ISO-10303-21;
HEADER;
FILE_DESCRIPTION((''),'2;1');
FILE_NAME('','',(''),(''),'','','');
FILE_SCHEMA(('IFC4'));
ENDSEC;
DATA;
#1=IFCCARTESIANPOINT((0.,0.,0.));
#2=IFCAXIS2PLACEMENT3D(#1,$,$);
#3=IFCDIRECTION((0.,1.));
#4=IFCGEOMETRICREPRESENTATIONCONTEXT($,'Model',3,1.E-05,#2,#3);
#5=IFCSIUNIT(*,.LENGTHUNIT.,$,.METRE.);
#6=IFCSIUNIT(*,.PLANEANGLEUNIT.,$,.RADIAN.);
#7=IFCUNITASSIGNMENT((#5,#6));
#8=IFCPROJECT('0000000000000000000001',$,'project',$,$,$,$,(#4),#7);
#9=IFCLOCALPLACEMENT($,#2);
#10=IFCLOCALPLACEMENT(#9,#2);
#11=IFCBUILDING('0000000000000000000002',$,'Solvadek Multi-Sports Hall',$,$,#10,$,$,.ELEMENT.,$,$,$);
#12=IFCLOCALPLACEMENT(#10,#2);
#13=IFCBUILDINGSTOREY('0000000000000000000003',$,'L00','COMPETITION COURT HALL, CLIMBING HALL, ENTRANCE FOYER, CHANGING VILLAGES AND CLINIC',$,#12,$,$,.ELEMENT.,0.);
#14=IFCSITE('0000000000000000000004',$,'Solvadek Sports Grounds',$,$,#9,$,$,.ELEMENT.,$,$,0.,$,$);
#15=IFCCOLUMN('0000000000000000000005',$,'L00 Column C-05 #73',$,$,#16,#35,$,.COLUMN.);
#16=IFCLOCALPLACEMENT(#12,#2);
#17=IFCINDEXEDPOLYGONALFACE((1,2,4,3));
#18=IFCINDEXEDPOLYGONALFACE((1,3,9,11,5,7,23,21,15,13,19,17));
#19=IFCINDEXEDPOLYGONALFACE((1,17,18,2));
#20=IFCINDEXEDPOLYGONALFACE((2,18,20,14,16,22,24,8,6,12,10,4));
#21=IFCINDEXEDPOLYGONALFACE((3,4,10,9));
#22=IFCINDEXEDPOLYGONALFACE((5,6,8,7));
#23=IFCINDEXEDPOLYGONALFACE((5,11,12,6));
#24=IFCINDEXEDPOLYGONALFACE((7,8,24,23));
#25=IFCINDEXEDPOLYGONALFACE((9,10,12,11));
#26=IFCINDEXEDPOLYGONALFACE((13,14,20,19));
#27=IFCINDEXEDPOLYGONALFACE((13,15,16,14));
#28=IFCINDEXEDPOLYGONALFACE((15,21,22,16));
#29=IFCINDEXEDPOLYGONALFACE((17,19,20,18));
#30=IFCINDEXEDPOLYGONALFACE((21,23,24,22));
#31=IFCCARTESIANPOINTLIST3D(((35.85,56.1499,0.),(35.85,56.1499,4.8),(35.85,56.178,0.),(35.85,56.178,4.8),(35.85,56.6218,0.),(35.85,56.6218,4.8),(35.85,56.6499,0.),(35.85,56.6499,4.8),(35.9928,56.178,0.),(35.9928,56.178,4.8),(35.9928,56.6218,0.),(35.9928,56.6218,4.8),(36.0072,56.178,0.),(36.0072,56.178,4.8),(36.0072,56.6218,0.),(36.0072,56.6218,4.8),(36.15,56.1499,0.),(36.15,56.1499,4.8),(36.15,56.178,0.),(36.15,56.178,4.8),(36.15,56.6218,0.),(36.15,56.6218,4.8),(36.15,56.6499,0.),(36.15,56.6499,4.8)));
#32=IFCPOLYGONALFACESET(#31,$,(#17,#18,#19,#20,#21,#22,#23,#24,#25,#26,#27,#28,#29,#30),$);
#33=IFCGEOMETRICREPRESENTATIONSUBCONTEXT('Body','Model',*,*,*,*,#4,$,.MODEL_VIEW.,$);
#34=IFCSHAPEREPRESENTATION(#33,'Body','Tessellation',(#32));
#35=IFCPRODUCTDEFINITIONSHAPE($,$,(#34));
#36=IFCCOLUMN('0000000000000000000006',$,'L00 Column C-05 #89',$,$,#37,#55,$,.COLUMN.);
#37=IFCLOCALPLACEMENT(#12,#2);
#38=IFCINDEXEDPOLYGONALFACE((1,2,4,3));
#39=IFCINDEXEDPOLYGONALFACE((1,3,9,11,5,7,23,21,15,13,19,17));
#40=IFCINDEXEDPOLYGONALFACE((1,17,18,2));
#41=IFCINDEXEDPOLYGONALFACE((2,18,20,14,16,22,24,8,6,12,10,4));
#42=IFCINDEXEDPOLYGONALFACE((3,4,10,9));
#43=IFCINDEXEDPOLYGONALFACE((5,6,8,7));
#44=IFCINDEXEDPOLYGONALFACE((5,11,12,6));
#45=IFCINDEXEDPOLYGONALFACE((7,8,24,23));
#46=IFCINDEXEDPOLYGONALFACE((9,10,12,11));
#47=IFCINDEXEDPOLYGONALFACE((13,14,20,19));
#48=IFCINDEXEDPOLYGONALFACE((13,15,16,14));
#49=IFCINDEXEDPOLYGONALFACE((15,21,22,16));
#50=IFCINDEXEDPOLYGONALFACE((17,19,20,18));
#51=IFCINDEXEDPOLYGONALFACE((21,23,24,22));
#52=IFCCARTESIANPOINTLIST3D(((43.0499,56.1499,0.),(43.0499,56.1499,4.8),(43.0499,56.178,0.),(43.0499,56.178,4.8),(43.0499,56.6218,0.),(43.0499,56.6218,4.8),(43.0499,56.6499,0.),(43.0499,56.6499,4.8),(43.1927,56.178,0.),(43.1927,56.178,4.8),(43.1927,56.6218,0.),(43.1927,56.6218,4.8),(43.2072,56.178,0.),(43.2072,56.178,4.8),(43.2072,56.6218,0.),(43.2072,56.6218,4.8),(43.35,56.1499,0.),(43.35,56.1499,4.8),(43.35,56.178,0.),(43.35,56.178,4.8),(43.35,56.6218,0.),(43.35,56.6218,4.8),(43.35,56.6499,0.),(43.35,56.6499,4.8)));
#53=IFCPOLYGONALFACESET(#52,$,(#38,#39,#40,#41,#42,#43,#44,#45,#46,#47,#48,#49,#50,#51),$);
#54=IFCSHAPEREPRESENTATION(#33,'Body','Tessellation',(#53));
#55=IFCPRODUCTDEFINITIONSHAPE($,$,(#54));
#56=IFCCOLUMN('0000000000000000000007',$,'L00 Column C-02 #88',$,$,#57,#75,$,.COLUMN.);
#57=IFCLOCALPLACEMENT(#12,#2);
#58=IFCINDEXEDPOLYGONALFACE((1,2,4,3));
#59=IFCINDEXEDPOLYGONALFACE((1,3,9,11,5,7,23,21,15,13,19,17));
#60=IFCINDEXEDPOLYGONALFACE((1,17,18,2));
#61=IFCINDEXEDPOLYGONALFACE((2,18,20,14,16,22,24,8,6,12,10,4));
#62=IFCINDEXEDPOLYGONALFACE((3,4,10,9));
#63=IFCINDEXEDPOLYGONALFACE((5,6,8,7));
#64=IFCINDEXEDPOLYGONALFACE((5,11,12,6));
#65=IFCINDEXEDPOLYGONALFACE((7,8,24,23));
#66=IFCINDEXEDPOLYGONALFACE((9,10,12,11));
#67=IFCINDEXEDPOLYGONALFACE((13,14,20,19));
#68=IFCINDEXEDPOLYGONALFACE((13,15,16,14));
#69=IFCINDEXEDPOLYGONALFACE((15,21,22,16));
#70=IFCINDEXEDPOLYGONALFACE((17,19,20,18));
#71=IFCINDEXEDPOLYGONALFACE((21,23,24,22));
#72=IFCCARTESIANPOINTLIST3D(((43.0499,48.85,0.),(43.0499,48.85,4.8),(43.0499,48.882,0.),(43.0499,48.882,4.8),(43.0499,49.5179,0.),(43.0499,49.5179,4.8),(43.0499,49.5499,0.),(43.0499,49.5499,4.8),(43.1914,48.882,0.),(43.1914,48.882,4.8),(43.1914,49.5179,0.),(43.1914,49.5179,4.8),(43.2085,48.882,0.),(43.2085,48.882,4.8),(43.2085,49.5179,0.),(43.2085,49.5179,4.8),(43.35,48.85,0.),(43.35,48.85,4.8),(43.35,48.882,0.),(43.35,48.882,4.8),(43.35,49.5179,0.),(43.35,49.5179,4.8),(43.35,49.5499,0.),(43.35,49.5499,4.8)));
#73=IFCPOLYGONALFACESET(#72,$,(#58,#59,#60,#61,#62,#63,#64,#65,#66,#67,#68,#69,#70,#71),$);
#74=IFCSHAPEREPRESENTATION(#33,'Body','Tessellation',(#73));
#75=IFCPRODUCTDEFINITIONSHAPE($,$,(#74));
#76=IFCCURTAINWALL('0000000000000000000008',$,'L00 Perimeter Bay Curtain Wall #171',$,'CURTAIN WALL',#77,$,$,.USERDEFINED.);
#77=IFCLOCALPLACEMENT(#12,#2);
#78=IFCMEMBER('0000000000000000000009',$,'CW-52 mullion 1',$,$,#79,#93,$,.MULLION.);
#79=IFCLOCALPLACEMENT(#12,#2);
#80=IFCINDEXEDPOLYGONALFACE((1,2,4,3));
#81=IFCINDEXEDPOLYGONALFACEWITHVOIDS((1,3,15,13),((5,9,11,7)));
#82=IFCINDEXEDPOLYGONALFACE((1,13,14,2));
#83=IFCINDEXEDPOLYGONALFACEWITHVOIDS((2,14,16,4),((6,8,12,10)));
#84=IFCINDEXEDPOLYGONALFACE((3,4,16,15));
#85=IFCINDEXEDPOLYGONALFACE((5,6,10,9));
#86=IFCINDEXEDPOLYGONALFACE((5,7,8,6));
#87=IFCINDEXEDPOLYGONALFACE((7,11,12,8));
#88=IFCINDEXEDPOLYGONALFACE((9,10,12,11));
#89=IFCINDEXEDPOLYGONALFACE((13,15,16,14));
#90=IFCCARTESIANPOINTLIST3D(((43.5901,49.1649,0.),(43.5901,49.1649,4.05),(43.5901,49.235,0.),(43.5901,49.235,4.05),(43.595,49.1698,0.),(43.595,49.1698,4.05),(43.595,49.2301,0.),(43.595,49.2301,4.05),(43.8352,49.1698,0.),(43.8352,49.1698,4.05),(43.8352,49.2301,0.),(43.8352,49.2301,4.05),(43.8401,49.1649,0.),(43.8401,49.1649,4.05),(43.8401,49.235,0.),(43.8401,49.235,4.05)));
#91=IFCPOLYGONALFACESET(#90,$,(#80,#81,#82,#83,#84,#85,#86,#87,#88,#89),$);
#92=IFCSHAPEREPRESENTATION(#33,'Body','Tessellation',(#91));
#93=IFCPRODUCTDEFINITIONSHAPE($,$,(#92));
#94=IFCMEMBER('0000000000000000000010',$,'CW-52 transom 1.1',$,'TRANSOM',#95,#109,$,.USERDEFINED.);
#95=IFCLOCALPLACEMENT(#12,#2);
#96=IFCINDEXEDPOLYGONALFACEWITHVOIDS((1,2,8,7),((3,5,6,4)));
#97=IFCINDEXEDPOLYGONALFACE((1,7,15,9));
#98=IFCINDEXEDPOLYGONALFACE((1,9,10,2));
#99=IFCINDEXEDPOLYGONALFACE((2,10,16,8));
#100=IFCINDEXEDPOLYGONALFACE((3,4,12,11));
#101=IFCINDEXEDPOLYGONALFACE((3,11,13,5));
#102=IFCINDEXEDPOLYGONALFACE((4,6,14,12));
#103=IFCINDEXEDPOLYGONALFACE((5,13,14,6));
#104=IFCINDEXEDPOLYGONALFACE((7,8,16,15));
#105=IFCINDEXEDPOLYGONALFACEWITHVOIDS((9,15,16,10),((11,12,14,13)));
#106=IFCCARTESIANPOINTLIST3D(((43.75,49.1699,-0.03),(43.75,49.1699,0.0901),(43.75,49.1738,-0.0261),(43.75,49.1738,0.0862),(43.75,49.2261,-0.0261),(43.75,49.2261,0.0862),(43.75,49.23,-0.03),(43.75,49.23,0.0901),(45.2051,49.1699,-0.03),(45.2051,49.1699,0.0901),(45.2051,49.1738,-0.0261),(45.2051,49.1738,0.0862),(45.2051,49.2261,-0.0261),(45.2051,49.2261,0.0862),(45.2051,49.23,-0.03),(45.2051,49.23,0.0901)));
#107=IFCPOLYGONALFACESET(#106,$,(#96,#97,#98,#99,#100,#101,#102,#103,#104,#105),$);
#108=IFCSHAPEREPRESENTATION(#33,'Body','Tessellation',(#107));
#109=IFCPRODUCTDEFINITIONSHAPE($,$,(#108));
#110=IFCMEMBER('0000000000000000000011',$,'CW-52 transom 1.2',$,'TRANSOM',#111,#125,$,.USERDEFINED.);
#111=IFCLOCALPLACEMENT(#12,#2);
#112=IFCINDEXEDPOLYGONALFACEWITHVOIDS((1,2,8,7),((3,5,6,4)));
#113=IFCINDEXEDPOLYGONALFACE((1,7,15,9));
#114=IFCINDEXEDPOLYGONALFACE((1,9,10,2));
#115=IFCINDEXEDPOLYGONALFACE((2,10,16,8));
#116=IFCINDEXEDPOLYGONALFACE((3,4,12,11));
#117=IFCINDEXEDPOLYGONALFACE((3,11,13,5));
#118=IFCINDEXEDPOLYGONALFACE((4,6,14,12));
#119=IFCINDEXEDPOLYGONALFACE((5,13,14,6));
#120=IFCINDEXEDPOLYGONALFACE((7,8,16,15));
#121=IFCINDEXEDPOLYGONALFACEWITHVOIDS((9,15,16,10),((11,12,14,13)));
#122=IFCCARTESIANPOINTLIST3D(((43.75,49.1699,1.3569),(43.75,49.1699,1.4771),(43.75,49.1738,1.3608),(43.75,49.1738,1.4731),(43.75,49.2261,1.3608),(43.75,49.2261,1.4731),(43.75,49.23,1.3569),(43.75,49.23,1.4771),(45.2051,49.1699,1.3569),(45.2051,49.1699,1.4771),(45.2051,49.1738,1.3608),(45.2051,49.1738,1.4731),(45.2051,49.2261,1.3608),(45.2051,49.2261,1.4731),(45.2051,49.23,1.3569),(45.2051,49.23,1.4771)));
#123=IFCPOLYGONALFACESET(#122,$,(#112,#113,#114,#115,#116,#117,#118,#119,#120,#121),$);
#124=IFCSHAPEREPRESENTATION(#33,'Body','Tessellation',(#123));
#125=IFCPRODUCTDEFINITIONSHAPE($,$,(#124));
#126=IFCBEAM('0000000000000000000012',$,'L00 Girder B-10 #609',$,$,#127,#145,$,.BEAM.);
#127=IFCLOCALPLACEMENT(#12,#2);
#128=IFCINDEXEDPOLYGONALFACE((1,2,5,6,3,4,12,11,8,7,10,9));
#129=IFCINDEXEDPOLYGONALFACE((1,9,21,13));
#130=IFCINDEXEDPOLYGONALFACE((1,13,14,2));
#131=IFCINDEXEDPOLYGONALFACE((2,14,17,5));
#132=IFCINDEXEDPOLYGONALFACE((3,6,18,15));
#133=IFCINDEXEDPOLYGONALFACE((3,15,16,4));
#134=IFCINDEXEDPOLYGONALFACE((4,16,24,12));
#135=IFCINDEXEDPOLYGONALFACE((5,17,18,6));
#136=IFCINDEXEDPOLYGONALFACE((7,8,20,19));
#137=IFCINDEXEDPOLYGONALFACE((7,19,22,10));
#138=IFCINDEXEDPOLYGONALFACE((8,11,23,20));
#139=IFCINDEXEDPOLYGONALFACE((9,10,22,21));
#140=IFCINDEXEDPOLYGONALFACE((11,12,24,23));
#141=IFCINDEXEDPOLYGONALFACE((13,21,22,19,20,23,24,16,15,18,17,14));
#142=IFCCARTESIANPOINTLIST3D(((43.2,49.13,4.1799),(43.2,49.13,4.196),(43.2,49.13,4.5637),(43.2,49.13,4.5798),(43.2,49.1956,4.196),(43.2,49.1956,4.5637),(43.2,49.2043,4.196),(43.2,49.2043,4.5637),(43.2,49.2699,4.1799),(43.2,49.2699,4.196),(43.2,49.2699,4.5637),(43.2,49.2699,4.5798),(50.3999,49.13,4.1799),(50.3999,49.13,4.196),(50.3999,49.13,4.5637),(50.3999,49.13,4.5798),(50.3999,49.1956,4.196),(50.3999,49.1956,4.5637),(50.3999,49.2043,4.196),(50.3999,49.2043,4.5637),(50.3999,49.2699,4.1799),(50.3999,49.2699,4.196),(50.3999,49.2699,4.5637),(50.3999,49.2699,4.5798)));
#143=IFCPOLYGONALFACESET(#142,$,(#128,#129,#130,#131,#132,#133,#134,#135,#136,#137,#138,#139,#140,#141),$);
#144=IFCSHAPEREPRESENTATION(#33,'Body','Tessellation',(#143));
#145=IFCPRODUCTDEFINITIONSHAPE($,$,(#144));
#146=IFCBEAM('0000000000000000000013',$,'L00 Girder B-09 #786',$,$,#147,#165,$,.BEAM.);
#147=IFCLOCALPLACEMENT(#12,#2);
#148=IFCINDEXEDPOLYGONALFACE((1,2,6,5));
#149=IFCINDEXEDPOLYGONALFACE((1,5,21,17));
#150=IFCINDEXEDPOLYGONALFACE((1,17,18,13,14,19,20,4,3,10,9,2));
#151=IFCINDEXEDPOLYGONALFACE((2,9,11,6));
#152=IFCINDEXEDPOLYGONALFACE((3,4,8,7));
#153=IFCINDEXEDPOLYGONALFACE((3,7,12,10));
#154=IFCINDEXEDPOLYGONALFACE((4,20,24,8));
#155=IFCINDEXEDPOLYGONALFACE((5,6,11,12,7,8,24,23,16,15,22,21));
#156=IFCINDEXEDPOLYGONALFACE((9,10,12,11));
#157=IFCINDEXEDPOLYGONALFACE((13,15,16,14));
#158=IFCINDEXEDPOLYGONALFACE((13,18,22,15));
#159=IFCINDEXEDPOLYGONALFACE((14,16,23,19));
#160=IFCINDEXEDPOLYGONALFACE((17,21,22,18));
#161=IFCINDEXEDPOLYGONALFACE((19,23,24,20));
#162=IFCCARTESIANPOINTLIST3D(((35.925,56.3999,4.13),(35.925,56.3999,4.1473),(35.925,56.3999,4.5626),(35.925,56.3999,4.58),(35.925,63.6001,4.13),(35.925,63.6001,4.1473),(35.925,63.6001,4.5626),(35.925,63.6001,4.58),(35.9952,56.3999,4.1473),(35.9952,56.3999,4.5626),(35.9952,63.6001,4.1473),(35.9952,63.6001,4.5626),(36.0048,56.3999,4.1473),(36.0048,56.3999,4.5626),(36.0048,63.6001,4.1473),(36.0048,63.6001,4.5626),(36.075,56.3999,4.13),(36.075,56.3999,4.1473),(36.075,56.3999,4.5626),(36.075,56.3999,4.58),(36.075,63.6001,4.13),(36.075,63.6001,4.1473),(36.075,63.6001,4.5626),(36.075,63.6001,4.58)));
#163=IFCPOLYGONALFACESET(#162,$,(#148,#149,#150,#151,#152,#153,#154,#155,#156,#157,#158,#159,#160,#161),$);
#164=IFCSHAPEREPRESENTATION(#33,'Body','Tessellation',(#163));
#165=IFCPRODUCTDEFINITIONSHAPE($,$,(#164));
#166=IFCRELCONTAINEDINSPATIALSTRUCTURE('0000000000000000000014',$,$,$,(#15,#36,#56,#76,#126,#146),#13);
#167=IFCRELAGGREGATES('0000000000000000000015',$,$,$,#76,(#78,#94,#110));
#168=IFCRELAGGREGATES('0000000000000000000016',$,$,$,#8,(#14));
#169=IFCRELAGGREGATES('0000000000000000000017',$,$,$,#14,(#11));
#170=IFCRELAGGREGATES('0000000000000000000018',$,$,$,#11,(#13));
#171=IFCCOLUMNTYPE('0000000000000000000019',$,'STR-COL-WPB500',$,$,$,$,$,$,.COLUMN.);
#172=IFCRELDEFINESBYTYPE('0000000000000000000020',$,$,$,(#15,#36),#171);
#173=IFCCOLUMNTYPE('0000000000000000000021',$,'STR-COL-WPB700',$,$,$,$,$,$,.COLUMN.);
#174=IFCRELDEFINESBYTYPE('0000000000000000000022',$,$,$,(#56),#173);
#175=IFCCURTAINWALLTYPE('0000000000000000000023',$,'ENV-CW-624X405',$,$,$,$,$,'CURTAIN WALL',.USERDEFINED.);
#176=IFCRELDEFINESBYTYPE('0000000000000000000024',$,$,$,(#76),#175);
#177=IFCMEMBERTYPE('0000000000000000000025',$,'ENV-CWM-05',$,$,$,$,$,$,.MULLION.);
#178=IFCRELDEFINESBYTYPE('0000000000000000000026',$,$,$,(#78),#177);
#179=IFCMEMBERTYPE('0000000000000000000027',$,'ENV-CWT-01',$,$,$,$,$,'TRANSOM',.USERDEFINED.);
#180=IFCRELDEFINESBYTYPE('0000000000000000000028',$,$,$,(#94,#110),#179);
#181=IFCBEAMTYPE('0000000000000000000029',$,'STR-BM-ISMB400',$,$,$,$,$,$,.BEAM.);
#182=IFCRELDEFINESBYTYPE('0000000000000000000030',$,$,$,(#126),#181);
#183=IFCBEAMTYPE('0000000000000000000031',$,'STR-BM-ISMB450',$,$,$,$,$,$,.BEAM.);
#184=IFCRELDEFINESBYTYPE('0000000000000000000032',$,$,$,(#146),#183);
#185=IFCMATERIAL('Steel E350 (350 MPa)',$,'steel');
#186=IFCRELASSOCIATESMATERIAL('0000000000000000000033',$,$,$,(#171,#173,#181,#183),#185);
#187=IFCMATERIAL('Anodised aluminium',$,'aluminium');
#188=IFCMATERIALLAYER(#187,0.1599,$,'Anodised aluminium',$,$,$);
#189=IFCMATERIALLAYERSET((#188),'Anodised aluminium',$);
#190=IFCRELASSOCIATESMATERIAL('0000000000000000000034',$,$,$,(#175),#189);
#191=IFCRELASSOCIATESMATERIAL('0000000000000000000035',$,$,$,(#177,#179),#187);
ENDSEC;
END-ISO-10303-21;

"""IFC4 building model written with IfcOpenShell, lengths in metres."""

from ifc_helpers import new_model, si_unit, direction, frame, origin, origin_2d, place, context, subcontext, project, spatial, hollow_rectangle, i_section, extrude, material, layer, layer_set, material_profile, profile_set, type_object, element, aggregate, save


model = new_model("IFC4")

# Units and contexts
model_context = context("Model", 3, precision=1e-05, world=origin(), true_north=direction((0.0, 1.0)))
body_context = subcontext(model_context, "Body", "Model", "MODEL_VIEW")
ifc_project = project(units=[si_unit("LENGTHUNIT", "METRE"), si_unit("PLANEANGLEUNIT", "RADIAN")], contexts=[model_context])

# Site, building, storey
site_placement = place(None, origin())
site = spatial("IfcSite", under=ifc_project, at=site_placement, Name="Solvadek Sports Grounds", CompositionType="ELEMENT", RefElevation=0.0)
building_placement = place(site_placement, origin())
building = spatial("IfcBuilding", under=site, at=building_placement, Name="Solvadek Multi-Sports Hall", CompositionType="ELEMENT")
storey_placement = place(building_placement, origin())
storey = spatial("IfcBuildingStorey", under=building, at=storey_placement, Name="L00", Description="COMPETITION COURT HALL, CLIMBING HALL, ENTRANCE FOYER, CHANGING VILLAGES AND CLINIC", CompositionType="ELEMENT", Elevation=0.0)

# Columns
ifc_material_1 = material(Name="Steel E350 (350 MPa)", Category="steel")
ifc_material_profile_1 = material_profile(ifc_material_1, i_section(OverallWidth=0.3, OverallDepth=0.5, WebThickness=0.0144, FlangeThickness=0.0281, at=origin_2d()), Name="WPB 500")
ifc_profile_set_1 = profile_set([ifc_material_profile_1], Name="Steel E350 (350 MPa)")
column_type_1 = type_object("IfcColumnType", Name="STR-COL-WPB500", PredefinedType="COLUMN", material=ifc_profile_set_1)
for number, where, z_axis, x_axis, name in (
    (1, (36.0, 56.3999, 0.0), (0.0, 0.0, 1.0), (1.0, 0.0, 0.0), "L00 Column C-05 #73"),
    (2, (43.2, 56.3999, 0.0), (0.0, 0.0, 1.0), (1.0, 0.0, 0.0), "L00 Column C-05 #89"),
):
    element("IfcColumn", number, at=place(storey_placement, frame(where, z_axis=z_axis, x_axis=x_axis)), inside=storey, type_object=column_type_1, Name=name, PredefinedType="COLUMN", context=body_context, shape_type="SweptSolid", body=[
        extrude(i_section(OverallWidth=0.3, OverallDepth=0.5, WebThickness=0.0144, FlangeThickness=0.0281, at=origin_2d()), origin(), (0.0, 0.0, 1.0), 4.8),
    ])
ifc_material_profile_2 = material_profile(ifc_material_1, i_section(OverallWidth=0.3, OverallDepth=0.7, WebThickness=0.0171, FlangeThickness=0.032, at=origin_2d()), Name="WPB 700")
ifc_profile_set_2 = profile_set([ifc_material_profile_2], Name="Steel E350 (350 MPa)")
column_type_2 = type_object("IfcColumnType", Name="STR-COL-WPB700", PredefinedType="COLUMN", material=ifc_profile_set_2)
column_placement = place(storey_placement, frame((43.2, 49.2, 0.0), z_axis=(0.0, 0.0, 1.0), x_axis=(1.0, 0.0, 0.0)))
element("IfcColumn", 3, at=column_placement, inside=storey, type_object=column_type_2, Name="L00 Column C-02 #88", PredefinedType="COLUMN", context=body_context, shape_type="SweptSolid", body=[
    extrude(i_section(OverallWidth=0.3, OverallDepth=0.7, WebThickness=0.0171, FlangeThickness=0.032, at=origin_2d()), origin(), (0.0, 0.0, 1.0), 4.8),
])

# Curtain wall, members
ifc_material_2 = material(Name="Anodised aluminium", Category="aluminium")
ifc_layer_1 = layer(ifc_material_2, 0.1599, Name="Anodised aluminium")
ifc_layer_set_1 = layer_set([ifc_layer_1], Name="Anodised aluminium")
curtain_wall_type = type_object("IfcCurtainWallType", Name="ENV-CW-624X405", ElementType="CURTAIN WALL", PredefinedType="USERDEFINED", material=ifc_layer_set_1)
curtain_wall_placement = place(storey_placement, origin())
curtain_wall = element("IfcCurtainWall", 4, at=curtain_wall_placement, inside=storey, type_object=curtain_wall_type, Name="L00 Perimeter Bay Curtain Wall #171", ObjectType="CURTAIN WALL", PredefinedType="USERDEFINED")
ifc_material_profile_3 = material_profile(ifc_material_2, hollow_rectangle(XDim=0.0701, YDim=0.25, WallThickness=0.0049, at=origin_2d()), Name="ALU-M 250x70x5")
ifc_profile_set_3 = profile_set([ifc_material_profile_3], Name="Anodised aluminium")
member_type_1 = type_object("IfcMemberType", Name="ENV-CWM-05", PredefinedType="MULLION", material=ifc_profile_set_3)
member_1_placement = place(storey_placement, frame((43.7151, 49.2, 0.0), z_axis=(0.0, 0.0, 1.0), x_axis=(0.0, 1.0, 0.0)))
member_1 = element("IfcMember", 5, at=member_1_placement, type_object=member_type_1, Name="CW-52 mullion 1", PredefinedType="MULLION", context=body_context, shape_type="SweptSolid", body=[
    extrude(hollow_rectangle(XDim=0.0701, YDim=0.25, WallThickness=0.0049, at=origin_2d()), origin(), (0.0, 0.0, 1.0), 4.05),
])
ifc_material_profile_4 = material_profile(ifc_material_2, hollow_rectangle(XDim=0.0601, YDim=0.1201, WallThickness=0.0039, at=origin_2d()), Name="ALU-T 120x60x4")
ifc_profile_set_4 = profile_set([ifc_material_profile_4], Name="Anodised aluminium")
member_type_2 = type_object("IfcMemberType", Name="ENV-CWT-01", ElementType="TRANSOM", PredefinedType="USERDEFINED", material=ifc_profile_set_4)
member_2_placement = place(storey_placement, frame((43.75, 49.2, 0.03), z_axis=(1.0, 0.0, 0.0), x_axis=(0.0, 1.0, 0.0)))
member_2 = element("IfcMember", 6, at=member_2_placement, type_object=member_type_2, Name="CW-52 transom 1.1", ObjectType="TRANSOM", PredefinedType="USERDEFINED", context=body_context, shape_type="SweptSolid", body=[
    extrude(hollow_rectangle(XDim=0.0601, YDim=0.1201, WallThickness=0.0039, at=origin_2d()), origin(), (0.0, 0.0, 1.0), 1.4551),
])
member_3_placement = place(storey_placement, frame((43.75, 49.2, 1.417), z_axis=(1.0, 0.0, 0.0), x_axis=(0.0, 1.0, 0.0)))
member_3 = element("IfcMember", 7, at=member_3_placement, type_object=member_type_2, Name="CW-52 transom 1.2", ObjectType="TRANSOM", PredefinedType="USERDEFINED", context=body_context, shape_type="SweptSolid", body=[
    extrude(hollow_rectangle(XDim=0.0601, YDim=0.1201, WallThickness=0.0039, at=origin_2d()), origin(), (0.0, 0.0, 1.0), 1.4551),
])
aggregate(curtain_wall, [member_1, member_2, member_3])

# Beams
ifc_material_profile_5 = material_profile(ifc_material_1, i_section(OverallWidth=0.1399, OverallDepth=0.3999, WebThickness=0.0088, FlangeThickness=0.0161, at=origin_2d()), Name="ISMB 400")
ifc_profile_set_5 = profile_set([ifc_material_profile_5], Name="Steel E350 (350 MPa)")
beam_type_1 = type_object("IfcBeamType", Name="STR-BM-ISMB400", PredefinedType="BEAM", material=ifc_profile_set_5)
beam_1_placement = place(storey_placement, frame((43.2, 49.2, 4.3799), z_axis=(1.0, 0.0, 0.0), x_axis=(0.0, 1.0, 0.0)))
element("IfcBeam", 8, at=beam_1_placement, inside=storey, type_object=beam_type_1, Name="L00 Girder B-10 #609", PredefinedType="BEAM", context=body_context, shape_type="SweptSolid", body=[
    extrude(i_section(OverallWidth=0.1399, OverallDepth=0.3999, WebThickness=0.0088, FlangeThickness=0.0161, at=origin_2d()), origin(), (0.0, 0.0, 1.0), 7.2),
])
ifc_material_profile_6 = material_profile(ifc_material_1, i_section(OverallWidth=0.1499, OverallDepth=0.45, WebThickness=0.0095, FlangeThickness=0.0173, at=origin_2d()), Name="ISMB 450")
ifc_profile_set_6 = profile_set([ifc_material_profile_6], Name="Steel E350 (350 MPa)")
beam_type_2 = type_object("IfcBeamType", Name="STR-BM-ISMB450", PredefinedType="BEAM", material=ifc_profile_set_6)
beam_2_placement = place(storey_placement, frame((36.0, 56.3999, 4.355), z_axis=(0.0, 1.0, 0.0), x_axis=(-1.0, 0.0, 0.0)))
element("IfcBeam", 9, at=beam_2_placement, inside=storey, type_object=beam_type_2, Name="L00 Girder B-09 #786", PredefinedType="BEAM", context=body_context, shape_type="SweptSolid", body=[
    extrude(i_section(OverallWidth=0.1499, OverallDepth=0.45, WebThickness=0.0095, FlangeThickness=0.0173, at=origin_2d()), origin(), (0.0, 0.0, 1.0), 7.2002),
])

save(model, "model.ifc")
